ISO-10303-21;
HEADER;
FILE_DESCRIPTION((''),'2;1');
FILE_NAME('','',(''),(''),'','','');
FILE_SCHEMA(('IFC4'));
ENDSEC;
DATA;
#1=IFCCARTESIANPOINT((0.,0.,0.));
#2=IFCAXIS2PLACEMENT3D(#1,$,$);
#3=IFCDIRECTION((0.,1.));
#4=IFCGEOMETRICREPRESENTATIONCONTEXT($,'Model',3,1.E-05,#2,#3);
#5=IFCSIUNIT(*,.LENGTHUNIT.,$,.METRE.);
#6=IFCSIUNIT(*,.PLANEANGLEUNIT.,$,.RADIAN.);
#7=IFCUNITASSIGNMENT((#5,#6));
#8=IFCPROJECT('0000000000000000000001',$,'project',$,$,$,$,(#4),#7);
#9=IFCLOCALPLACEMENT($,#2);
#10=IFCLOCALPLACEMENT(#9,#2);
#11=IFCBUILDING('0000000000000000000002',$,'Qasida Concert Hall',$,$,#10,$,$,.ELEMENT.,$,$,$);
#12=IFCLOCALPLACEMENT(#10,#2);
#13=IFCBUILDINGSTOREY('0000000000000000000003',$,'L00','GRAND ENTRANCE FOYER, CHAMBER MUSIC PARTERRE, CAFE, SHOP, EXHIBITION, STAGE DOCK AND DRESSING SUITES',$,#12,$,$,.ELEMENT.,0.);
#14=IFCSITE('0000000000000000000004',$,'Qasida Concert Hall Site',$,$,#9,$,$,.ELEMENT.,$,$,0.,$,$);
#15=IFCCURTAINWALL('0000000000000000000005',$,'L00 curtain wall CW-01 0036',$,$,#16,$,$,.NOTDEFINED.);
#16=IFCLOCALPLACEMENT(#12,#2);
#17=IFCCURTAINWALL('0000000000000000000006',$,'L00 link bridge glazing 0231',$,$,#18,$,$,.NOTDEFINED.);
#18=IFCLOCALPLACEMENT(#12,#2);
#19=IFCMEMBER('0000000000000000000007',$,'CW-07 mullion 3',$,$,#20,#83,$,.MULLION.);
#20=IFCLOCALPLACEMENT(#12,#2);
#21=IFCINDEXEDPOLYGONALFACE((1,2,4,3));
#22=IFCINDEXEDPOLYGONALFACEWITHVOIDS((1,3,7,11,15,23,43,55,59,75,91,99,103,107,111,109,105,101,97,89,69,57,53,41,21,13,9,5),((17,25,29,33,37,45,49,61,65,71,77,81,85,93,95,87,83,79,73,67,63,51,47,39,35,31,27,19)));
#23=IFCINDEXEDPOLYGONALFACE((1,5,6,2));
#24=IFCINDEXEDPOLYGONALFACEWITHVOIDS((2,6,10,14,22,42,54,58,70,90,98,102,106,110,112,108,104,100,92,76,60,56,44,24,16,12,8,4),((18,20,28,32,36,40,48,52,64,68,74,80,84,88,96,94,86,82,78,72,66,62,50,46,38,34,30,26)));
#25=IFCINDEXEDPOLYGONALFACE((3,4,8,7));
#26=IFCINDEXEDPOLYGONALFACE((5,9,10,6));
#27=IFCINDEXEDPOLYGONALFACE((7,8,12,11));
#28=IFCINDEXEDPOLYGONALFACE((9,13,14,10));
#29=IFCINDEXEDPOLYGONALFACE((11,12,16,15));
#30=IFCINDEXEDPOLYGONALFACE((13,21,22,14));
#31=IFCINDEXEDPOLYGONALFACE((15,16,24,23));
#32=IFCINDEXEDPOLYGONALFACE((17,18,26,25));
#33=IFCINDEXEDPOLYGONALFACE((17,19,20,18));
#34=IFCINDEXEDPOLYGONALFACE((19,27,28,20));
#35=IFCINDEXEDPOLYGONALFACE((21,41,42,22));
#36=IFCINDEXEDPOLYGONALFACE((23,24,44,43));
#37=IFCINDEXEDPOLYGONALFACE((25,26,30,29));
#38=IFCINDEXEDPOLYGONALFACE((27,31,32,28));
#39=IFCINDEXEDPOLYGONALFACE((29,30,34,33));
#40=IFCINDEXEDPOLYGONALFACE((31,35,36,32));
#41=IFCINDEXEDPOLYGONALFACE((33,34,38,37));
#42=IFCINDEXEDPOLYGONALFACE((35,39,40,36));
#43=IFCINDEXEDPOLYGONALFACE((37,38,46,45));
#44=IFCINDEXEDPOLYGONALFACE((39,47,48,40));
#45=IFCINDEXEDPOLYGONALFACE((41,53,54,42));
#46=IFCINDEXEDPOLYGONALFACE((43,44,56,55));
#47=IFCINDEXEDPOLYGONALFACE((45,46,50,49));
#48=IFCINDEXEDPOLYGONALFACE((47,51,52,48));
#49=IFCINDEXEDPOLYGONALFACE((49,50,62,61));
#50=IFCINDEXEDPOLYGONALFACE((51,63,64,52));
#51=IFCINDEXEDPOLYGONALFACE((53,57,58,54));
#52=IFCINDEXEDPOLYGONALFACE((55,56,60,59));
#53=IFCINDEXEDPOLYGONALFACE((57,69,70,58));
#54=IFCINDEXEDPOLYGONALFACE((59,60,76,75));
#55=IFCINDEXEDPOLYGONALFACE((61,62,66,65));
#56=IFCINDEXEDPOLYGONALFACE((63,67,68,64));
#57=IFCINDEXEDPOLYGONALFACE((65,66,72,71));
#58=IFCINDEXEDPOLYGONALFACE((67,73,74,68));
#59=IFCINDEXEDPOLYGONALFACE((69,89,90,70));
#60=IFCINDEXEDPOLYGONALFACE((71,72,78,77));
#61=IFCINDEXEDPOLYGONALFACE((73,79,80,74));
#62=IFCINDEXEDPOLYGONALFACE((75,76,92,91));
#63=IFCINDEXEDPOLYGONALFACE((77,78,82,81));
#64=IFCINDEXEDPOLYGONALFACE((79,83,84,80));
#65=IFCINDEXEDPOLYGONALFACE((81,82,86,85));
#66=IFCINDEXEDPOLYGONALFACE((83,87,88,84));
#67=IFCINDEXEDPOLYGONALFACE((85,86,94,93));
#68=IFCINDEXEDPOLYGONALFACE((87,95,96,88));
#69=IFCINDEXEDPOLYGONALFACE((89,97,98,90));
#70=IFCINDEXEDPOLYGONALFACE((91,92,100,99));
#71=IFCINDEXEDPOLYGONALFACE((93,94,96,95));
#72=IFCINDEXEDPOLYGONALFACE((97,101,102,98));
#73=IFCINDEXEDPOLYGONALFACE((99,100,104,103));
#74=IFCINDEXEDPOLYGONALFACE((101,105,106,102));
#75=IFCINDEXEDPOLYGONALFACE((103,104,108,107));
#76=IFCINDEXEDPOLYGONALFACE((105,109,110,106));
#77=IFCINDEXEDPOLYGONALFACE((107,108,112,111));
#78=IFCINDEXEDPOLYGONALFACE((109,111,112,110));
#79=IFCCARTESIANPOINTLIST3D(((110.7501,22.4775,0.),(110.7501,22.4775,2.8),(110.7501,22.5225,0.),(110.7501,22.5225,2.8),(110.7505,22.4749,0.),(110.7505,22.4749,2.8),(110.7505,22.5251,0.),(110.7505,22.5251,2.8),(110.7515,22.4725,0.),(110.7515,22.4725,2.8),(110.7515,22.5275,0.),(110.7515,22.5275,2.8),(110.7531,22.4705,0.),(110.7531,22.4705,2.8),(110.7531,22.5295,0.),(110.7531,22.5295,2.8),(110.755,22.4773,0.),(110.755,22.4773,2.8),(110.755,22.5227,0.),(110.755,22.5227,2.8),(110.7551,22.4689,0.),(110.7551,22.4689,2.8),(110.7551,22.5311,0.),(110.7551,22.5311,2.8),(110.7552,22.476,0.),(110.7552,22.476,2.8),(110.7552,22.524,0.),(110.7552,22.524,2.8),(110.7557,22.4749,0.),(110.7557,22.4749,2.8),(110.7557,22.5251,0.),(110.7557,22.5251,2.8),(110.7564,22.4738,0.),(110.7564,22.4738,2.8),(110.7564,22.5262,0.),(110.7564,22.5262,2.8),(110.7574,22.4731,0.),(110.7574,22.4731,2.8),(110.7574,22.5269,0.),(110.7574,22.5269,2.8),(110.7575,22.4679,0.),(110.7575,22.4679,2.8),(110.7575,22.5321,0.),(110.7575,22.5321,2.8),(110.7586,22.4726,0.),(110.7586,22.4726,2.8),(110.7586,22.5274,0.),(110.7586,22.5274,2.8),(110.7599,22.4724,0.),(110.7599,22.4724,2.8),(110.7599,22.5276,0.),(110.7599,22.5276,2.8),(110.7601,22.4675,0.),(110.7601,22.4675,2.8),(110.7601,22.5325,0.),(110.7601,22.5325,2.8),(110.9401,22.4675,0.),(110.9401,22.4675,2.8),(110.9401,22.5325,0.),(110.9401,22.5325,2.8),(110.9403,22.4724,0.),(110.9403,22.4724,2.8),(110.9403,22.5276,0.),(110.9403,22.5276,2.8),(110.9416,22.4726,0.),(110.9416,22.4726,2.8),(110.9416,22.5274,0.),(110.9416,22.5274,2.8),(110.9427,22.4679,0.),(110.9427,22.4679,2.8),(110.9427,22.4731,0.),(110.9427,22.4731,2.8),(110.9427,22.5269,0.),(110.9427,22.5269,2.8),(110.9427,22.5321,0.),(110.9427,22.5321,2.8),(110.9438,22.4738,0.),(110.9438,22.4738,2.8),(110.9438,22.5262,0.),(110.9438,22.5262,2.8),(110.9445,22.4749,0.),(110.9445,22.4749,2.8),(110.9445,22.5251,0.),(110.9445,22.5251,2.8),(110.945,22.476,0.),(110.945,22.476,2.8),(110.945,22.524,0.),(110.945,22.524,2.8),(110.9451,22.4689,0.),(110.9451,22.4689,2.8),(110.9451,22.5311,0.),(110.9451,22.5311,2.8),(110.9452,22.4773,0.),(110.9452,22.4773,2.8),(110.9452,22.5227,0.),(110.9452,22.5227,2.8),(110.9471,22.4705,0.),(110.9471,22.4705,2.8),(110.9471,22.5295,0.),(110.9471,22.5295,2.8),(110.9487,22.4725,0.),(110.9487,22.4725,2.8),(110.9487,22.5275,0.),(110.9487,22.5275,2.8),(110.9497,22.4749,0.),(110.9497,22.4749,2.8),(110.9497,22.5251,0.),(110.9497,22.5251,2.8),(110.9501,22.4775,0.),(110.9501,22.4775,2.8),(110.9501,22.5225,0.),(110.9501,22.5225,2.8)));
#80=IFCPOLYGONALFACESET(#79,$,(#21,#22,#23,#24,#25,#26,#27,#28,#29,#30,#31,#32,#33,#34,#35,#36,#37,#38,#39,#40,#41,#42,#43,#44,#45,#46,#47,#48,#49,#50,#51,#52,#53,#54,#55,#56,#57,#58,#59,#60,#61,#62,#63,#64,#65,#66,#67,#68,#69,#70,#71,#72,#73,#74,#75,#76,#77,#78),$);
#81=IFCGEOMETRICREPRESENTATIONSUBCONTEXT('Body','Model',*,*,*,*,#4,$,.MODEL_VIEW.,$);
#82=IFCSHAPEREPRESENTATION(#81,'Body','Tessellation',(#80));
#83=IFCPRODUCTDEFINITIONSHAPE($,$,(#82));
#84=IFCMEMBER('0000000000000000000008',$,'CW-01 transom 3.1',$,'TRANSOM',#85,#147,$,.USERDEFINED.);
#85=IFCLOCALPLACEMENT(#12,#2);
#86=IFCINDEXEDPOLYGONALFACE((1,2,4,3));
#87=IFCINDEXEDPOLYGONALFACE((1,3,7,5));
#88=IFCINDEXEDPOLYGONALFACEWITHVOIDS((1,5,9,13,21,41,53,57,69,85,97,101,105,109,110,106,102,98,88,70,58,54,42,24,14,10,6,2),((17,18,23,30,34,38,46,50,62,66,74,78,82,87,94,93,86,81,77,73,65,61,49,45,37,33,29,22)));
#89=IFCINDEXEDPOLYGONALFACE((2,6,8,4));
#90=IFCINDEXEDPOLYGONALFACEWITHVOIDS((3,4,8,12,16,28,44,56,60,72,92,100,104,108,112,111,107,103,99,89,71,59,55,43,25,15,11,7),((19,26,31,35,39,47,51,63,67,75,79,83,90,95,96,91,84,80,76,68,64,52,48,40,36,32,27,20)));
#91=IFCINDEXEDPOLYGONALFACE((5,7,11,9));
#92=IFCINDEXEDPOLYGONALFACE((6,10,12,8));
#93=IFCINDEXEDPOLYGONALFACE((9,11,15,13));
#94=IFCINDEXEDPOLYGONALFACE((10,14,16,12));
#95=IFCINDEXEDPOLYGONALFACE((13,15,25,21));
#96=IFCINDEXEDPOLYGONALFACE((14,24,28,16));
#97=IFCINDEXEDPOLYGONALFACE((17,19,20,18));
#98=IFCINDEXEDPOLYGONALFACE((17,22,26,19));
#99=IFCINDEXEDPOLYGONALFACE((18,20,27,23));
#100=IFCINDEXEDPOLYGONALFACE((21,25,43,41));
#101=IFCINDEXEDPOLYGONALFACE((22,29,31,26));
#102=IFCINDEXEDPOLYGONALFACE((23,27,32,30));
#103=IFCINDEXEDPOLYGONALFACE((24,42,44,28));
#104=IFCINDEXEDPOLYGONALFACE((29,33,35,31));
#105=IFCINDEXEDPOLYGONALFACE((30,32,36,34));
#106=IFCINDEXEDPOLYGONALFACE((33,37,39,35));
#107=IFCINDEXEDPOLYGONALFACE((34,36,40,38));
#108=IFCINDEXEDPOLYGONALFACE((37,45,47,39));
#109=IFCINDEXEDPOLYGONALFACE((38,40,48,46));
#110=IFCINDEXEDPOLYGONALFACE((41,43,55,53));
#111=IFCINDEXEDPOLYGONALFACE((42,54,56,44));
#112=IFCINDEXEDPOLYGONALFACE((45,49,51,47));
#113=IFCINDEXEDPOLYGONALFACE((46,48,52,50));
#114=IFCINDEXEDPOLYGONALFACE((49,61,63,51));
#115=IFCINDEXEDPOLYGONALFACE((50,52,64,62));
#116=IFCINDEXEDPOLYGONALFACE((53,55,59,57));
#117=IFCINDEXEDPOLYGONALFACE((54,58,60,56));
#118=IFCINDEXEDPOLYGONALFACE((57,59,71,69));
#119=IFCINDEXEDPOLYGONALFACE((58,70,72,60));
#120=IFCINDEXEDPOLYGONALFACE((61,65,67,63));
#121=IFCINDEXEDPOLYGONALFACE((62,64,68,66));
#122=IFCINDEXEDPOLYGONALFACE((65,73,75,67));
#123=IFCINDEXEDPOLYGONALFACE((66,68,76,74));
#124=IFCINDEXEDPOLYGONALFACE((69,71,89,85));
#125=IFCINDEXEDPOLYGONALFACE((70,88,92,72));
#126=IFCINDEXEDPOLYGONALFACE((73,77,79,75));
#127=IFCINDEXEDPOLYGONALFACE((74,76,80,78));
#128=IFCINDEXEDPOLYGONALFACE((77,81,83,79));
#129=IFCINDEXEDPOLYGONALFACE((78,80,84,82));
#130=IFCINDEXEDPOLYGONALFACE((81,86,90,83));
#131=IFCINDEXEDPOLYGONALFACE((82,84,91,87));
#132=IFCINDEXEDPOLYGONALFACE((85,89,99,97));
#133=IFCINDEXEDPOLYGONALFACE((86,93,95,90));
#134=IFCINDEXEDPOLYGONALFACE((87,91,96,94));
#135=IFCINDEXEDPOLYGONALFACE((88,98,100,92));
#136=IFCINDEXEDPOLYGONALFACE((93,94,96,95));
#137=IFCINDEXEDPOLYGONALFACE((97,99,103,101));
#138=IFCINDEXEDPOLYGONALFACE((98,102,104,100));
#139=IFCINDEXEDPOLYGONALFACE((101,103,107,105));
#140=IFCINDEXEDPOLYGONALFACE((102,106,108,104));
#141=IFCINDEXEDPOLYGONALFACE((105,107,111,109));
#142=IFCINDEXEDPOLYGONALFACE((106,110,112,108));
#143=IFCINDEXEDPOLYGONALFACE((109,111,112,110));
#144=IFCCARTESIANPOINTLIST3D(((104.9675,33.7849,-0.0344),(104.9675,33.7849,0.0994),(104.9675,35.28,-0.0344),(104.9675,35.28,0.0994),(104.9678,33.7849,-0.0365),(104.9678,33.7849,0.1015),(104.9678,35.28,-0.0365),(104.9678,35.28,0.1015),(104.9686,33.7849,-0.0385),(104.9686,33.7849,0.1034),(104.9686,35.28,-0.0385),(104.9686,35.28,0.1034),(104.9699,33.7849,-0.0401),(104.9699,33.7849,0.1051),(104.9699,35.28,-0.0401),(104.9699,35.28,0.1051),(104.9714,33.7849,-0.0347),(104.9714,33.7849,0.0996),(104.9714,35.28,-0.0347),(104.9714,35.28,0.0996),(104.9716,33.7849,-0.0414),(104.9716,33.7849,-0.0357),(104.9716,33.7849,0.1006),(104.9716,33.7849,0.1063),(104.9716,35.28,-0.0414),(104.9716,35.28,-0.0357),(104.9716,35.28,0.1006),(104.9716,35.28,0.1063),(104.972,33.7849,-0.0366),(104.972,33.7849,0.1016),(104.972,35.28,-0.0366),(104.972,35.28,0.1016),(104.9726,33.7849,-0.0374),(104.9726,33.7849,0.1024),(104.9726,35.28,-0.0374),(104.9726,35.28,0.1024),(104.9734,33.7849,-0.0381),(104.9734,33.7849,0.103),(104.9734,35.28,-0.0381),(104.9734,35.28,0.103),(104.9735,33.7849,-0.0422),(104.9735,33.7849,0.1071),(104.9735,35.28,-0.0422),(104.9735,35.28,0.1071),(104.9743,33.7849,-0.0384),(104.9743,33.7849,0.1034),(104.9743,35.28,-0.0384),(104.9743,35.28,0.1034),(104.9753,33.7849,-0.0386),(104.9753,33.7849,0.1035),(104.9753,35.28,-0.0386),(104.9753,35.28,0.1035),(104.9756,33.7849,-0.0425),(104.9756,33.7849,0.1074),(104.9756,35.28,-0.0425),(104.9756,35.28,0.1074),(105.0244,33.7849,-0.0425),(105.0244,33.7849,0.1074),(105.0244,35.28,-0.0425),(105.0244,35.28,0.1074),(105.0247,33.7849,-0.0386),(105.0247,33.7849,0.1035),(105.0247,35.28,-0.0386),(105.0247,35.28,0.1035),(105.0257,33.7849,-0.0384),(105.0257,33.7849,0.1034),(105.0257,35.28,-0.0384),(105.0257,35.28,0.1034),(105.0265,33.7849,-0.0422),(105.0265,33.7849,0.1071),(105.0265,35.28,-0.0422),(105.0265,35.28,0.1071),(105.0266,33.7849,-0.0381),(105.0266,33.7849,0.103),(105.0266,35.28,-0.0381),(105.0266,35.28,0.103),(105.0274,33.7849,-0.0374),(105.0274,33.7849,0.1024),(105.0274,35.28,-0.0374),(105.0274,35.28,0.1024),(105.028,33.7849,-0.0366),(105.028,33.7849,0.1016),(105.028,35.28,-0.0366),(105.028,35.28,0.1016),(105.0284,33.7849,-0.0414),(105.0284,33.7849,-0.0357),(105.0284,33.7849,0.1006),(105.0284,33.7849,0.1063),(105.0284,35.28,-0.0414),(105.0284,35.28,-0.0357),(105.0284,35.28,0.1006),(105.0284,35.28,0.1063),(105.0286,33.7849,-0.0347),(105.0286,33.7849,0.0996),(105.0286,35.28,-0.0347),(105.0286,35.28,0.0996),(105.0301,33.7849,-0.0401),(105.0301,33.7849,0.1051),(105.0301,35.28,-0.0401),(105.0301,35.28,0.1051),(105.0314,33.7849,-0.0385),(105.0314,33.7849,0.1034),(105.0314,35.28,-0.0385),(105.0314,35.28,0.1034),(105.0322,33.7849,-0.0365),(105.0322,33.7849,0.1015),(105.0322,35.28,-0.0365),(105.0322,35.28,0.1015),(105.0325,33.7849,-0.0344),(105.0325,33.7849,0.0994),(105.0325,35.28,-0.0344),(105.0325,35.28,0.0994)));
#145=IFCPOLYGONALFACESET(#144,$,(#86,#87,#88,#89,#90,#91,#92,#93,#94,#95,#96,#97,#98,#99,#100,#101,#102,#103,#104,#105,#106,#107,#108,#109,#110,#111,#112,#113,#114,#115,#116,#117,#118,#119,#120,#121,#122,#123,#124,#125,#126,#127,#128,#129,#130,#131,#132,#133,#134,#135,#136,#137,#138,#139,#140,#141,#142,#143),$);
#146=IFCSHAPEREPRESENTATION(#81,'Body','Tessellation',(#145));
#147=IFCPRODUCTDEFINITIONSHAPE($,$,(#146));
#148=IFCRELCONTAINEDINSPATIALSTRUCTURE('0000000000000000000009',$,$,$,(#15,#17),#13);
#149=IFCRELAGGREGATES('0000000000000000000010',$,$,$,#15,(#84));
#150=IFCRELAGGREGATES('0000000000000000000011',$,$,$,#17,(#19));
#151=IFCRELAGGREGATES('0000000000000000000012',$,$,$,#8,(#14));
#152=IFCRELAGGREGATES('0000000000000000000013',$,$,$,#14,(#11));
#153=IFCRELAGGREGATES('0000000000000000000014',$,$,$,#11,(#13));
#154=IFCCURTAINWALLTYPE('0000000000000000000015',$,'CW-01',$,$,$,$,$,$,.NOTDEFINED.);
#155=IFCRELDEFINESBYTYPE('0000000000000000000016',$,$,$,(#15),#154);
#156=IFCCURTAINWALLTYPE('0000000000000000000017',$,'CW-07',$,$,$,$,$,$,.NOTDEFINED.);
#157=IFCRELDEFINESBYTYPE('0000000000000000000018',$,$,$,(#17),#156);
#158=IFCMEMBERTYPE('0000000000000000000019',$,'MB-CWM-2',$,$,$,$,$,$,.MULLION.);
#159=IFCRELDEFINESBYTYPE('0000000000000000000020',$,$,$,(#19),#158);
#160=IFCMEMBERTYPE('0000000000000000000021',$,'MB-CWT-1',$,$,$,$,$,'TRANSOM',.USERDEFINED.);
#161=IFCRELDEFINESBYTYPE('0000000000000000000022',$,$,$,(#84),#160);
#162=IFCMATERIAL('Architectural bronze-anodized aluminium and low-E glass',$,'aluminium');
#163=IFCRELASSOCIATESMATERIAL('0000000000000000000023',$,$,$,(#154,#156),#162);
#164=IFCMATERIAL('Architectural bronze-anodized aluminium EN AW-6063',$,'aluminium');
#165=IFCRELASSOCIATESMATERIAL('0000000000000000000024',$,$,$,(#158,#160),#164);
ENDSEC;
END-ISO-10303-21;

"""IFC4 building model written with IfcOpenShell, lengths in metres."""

from ifc_helpers import new_model, si_unit, direction, frame, origin, origin_2d, place, context, subcontext, project, spatial, hollow_rectangle, extrude, material, material_profile, profile_set, type_object, element, aggregate, save


model = new_model("IFC4")

# Units and contexts
model_context = context("Model", 3, precision=1e-05, world=origin(), true_north=direction((0.0, 1.0)))
body_context = subcontext(model_context, "Body", "Model", "MODEL_VIEW")
ifc_project = project(units=[si_unit("LENGTHUNIT", "METRE"), si_unit("PLANEANGLEUNIT", "RADIAN")], contexts=[model_context])

# Site, building, storey
site_placement = place(None, origin())
site = spatial("IfcSite", under=ifc_project, at=site_placement, Name="Qasida Concert Hall Site", CompositionType="ELEMENT", RefElevation=0.0)
building_placement = place(site_placement, origin())
building = spatial("IfcBuilding", under=site, at=building_placement, Name="Qasida Concert Hall", CompositionType="ELEMENT")
storey_placement = place(building_placement, origin())
storey = spatial("IfcBuildingStorey", under=building, at=storey_placement, Name="L00", Description="GRAND ENTRANCE FOYER, CHAMBER MUSIC PARTERRE, CAFE, SHOP, EXHIBITION, STAGE DOCK AND DRESSING SUITES", CompositionType="ELEMENT", Elevation=0.0)

# Curtain wall
ifc_material_1 = material(Name="Architectural bronze-anodized aluminium and low-E glass", Category="aluminium")
curtain_wall_type_1 = type_object("IfcCurtainWallType", Name="CW-01", PredefinedType="NOTDEFINED", material=ifc_material_1)
curtain_wall_1_placement = place(storey_placement, origin())
curtain_wall_1 = element("IfcCurtainWall", 1, at=curtain_wall_1_placement, inside=storey, type_object=curtain_wall_type_1, Name="L00 curtain wall CW-01 0036", PredefinedType="NOTDEFINED")
ifc_material_2 = material(Name="Architectural bronze-anodized aluminium EN AW-6063", Category="aluminium")

# Curtain wall, member
curtain_wall_type_2 = type_object("IfcCurtainWallType", Name="CW-07", PredefinedType="NOTDEFINED", material=ifc_material_1)
curtain_wall_2_placement = place(storey_placement, origin())
curtain_wall_2 = element("IfcCurtainWall", 2, at=curtain_wall_2_placement, inside=storey, type_object=curtain_wall_type_2, Name="L00 link bridge glazing 0231", PredefinedType="NOTDEFINED")
ifc_material_profile_1 = material_profile(ifc_material_2, hollow_rectangle(XDim=0.0649, YDim=0.2, WallThickness=0.0049, InnerFilletRadius=0.0049, OuterFilletRadius=0.01, at=origin_2d()), Name="CWM 200x65x5")
ifc_profile_set_1 = profile_set([ifc_material_profile_1], Name="Architectural bronze-anodized aluminium EN AW-6063")
member_type_1 = type_object("IfcMemberType", Name="MB-CWM-2", PredefinedType="MULLION", material=ifc_profile_set_1)
member_1_placement = place(storey_placement, frame((110.8501, 22.5, 0.0), z_axis=(0.0, 0.0, 1.0), x_axis=(0.0, 1.0, 0.0)))
member_1 = element("IfcMember", 3, at=member_1_placement, type_object=member_type_1, Name="CW-07 mullion 3", PredefinedType="MULLION", context=body_context, shape_type="SweptSolid", body=[
    extrude(hollow_rectangle(XDim=0.0649, YDim=0.2, WallThickness=0.0049, InnerFilletRadius=0.0049, OuterFilletRadius=0.01, at=origin_2d()), origin(), (0.0, 0.0, 1.0), 2.8),
])

# Member
ifc_material_profile_2 = material_profile(ifc_material_2, hollow_rectangle(XDim=0.0649, YDim=0.1499, WallThickness=0.0039, InnerFilletRadius=0.0039, OuterFilletRadius=0.0081, at=origin_2d()), Name="CWT 150x65x4")
ifc_profile_set_2 = profile_set([ifc_material_profile_2], Name="Architectural bronze-anodized aluminium EN AW-6063")
member_type_2 = type_object("IfcMemberType", Name="MB-CWT-1", ElementType="TRANSOM", PredefinedType="USERDEFINED", material=ifc_profile_set_2)
member_2_placement = place(storey_placement, frame((105.0, 33.7849, 0.0325), z_axis=(0.0, 1.0, 0.0), x_axis=(-1.0, 0.0, 0.0)))
member_2 = element("IfcMember", 4, at=member_2_placement, type_object=member_type_2, Name="CW-01 transom 3.1", ObjectType="TRANSOM", PredefinedType="USERDEFINED", context=body_context, shape_type="SweptSolid", body=[
    extrude(hollow_rectangle(XDim=0.0649, YDim=0.1499, WallThickness=0.0039, InnerFilletRadius=0.0039, OuterFilletRadius=0.0081, at=origin_2d()), origin(), (0.0, 0.0, 1.0), 1.4951),
])

aggregate(curtain_wall_1, [member_2])
aggregate(curtain_wall_2, [member_1])

save(model, "model.ifc")
